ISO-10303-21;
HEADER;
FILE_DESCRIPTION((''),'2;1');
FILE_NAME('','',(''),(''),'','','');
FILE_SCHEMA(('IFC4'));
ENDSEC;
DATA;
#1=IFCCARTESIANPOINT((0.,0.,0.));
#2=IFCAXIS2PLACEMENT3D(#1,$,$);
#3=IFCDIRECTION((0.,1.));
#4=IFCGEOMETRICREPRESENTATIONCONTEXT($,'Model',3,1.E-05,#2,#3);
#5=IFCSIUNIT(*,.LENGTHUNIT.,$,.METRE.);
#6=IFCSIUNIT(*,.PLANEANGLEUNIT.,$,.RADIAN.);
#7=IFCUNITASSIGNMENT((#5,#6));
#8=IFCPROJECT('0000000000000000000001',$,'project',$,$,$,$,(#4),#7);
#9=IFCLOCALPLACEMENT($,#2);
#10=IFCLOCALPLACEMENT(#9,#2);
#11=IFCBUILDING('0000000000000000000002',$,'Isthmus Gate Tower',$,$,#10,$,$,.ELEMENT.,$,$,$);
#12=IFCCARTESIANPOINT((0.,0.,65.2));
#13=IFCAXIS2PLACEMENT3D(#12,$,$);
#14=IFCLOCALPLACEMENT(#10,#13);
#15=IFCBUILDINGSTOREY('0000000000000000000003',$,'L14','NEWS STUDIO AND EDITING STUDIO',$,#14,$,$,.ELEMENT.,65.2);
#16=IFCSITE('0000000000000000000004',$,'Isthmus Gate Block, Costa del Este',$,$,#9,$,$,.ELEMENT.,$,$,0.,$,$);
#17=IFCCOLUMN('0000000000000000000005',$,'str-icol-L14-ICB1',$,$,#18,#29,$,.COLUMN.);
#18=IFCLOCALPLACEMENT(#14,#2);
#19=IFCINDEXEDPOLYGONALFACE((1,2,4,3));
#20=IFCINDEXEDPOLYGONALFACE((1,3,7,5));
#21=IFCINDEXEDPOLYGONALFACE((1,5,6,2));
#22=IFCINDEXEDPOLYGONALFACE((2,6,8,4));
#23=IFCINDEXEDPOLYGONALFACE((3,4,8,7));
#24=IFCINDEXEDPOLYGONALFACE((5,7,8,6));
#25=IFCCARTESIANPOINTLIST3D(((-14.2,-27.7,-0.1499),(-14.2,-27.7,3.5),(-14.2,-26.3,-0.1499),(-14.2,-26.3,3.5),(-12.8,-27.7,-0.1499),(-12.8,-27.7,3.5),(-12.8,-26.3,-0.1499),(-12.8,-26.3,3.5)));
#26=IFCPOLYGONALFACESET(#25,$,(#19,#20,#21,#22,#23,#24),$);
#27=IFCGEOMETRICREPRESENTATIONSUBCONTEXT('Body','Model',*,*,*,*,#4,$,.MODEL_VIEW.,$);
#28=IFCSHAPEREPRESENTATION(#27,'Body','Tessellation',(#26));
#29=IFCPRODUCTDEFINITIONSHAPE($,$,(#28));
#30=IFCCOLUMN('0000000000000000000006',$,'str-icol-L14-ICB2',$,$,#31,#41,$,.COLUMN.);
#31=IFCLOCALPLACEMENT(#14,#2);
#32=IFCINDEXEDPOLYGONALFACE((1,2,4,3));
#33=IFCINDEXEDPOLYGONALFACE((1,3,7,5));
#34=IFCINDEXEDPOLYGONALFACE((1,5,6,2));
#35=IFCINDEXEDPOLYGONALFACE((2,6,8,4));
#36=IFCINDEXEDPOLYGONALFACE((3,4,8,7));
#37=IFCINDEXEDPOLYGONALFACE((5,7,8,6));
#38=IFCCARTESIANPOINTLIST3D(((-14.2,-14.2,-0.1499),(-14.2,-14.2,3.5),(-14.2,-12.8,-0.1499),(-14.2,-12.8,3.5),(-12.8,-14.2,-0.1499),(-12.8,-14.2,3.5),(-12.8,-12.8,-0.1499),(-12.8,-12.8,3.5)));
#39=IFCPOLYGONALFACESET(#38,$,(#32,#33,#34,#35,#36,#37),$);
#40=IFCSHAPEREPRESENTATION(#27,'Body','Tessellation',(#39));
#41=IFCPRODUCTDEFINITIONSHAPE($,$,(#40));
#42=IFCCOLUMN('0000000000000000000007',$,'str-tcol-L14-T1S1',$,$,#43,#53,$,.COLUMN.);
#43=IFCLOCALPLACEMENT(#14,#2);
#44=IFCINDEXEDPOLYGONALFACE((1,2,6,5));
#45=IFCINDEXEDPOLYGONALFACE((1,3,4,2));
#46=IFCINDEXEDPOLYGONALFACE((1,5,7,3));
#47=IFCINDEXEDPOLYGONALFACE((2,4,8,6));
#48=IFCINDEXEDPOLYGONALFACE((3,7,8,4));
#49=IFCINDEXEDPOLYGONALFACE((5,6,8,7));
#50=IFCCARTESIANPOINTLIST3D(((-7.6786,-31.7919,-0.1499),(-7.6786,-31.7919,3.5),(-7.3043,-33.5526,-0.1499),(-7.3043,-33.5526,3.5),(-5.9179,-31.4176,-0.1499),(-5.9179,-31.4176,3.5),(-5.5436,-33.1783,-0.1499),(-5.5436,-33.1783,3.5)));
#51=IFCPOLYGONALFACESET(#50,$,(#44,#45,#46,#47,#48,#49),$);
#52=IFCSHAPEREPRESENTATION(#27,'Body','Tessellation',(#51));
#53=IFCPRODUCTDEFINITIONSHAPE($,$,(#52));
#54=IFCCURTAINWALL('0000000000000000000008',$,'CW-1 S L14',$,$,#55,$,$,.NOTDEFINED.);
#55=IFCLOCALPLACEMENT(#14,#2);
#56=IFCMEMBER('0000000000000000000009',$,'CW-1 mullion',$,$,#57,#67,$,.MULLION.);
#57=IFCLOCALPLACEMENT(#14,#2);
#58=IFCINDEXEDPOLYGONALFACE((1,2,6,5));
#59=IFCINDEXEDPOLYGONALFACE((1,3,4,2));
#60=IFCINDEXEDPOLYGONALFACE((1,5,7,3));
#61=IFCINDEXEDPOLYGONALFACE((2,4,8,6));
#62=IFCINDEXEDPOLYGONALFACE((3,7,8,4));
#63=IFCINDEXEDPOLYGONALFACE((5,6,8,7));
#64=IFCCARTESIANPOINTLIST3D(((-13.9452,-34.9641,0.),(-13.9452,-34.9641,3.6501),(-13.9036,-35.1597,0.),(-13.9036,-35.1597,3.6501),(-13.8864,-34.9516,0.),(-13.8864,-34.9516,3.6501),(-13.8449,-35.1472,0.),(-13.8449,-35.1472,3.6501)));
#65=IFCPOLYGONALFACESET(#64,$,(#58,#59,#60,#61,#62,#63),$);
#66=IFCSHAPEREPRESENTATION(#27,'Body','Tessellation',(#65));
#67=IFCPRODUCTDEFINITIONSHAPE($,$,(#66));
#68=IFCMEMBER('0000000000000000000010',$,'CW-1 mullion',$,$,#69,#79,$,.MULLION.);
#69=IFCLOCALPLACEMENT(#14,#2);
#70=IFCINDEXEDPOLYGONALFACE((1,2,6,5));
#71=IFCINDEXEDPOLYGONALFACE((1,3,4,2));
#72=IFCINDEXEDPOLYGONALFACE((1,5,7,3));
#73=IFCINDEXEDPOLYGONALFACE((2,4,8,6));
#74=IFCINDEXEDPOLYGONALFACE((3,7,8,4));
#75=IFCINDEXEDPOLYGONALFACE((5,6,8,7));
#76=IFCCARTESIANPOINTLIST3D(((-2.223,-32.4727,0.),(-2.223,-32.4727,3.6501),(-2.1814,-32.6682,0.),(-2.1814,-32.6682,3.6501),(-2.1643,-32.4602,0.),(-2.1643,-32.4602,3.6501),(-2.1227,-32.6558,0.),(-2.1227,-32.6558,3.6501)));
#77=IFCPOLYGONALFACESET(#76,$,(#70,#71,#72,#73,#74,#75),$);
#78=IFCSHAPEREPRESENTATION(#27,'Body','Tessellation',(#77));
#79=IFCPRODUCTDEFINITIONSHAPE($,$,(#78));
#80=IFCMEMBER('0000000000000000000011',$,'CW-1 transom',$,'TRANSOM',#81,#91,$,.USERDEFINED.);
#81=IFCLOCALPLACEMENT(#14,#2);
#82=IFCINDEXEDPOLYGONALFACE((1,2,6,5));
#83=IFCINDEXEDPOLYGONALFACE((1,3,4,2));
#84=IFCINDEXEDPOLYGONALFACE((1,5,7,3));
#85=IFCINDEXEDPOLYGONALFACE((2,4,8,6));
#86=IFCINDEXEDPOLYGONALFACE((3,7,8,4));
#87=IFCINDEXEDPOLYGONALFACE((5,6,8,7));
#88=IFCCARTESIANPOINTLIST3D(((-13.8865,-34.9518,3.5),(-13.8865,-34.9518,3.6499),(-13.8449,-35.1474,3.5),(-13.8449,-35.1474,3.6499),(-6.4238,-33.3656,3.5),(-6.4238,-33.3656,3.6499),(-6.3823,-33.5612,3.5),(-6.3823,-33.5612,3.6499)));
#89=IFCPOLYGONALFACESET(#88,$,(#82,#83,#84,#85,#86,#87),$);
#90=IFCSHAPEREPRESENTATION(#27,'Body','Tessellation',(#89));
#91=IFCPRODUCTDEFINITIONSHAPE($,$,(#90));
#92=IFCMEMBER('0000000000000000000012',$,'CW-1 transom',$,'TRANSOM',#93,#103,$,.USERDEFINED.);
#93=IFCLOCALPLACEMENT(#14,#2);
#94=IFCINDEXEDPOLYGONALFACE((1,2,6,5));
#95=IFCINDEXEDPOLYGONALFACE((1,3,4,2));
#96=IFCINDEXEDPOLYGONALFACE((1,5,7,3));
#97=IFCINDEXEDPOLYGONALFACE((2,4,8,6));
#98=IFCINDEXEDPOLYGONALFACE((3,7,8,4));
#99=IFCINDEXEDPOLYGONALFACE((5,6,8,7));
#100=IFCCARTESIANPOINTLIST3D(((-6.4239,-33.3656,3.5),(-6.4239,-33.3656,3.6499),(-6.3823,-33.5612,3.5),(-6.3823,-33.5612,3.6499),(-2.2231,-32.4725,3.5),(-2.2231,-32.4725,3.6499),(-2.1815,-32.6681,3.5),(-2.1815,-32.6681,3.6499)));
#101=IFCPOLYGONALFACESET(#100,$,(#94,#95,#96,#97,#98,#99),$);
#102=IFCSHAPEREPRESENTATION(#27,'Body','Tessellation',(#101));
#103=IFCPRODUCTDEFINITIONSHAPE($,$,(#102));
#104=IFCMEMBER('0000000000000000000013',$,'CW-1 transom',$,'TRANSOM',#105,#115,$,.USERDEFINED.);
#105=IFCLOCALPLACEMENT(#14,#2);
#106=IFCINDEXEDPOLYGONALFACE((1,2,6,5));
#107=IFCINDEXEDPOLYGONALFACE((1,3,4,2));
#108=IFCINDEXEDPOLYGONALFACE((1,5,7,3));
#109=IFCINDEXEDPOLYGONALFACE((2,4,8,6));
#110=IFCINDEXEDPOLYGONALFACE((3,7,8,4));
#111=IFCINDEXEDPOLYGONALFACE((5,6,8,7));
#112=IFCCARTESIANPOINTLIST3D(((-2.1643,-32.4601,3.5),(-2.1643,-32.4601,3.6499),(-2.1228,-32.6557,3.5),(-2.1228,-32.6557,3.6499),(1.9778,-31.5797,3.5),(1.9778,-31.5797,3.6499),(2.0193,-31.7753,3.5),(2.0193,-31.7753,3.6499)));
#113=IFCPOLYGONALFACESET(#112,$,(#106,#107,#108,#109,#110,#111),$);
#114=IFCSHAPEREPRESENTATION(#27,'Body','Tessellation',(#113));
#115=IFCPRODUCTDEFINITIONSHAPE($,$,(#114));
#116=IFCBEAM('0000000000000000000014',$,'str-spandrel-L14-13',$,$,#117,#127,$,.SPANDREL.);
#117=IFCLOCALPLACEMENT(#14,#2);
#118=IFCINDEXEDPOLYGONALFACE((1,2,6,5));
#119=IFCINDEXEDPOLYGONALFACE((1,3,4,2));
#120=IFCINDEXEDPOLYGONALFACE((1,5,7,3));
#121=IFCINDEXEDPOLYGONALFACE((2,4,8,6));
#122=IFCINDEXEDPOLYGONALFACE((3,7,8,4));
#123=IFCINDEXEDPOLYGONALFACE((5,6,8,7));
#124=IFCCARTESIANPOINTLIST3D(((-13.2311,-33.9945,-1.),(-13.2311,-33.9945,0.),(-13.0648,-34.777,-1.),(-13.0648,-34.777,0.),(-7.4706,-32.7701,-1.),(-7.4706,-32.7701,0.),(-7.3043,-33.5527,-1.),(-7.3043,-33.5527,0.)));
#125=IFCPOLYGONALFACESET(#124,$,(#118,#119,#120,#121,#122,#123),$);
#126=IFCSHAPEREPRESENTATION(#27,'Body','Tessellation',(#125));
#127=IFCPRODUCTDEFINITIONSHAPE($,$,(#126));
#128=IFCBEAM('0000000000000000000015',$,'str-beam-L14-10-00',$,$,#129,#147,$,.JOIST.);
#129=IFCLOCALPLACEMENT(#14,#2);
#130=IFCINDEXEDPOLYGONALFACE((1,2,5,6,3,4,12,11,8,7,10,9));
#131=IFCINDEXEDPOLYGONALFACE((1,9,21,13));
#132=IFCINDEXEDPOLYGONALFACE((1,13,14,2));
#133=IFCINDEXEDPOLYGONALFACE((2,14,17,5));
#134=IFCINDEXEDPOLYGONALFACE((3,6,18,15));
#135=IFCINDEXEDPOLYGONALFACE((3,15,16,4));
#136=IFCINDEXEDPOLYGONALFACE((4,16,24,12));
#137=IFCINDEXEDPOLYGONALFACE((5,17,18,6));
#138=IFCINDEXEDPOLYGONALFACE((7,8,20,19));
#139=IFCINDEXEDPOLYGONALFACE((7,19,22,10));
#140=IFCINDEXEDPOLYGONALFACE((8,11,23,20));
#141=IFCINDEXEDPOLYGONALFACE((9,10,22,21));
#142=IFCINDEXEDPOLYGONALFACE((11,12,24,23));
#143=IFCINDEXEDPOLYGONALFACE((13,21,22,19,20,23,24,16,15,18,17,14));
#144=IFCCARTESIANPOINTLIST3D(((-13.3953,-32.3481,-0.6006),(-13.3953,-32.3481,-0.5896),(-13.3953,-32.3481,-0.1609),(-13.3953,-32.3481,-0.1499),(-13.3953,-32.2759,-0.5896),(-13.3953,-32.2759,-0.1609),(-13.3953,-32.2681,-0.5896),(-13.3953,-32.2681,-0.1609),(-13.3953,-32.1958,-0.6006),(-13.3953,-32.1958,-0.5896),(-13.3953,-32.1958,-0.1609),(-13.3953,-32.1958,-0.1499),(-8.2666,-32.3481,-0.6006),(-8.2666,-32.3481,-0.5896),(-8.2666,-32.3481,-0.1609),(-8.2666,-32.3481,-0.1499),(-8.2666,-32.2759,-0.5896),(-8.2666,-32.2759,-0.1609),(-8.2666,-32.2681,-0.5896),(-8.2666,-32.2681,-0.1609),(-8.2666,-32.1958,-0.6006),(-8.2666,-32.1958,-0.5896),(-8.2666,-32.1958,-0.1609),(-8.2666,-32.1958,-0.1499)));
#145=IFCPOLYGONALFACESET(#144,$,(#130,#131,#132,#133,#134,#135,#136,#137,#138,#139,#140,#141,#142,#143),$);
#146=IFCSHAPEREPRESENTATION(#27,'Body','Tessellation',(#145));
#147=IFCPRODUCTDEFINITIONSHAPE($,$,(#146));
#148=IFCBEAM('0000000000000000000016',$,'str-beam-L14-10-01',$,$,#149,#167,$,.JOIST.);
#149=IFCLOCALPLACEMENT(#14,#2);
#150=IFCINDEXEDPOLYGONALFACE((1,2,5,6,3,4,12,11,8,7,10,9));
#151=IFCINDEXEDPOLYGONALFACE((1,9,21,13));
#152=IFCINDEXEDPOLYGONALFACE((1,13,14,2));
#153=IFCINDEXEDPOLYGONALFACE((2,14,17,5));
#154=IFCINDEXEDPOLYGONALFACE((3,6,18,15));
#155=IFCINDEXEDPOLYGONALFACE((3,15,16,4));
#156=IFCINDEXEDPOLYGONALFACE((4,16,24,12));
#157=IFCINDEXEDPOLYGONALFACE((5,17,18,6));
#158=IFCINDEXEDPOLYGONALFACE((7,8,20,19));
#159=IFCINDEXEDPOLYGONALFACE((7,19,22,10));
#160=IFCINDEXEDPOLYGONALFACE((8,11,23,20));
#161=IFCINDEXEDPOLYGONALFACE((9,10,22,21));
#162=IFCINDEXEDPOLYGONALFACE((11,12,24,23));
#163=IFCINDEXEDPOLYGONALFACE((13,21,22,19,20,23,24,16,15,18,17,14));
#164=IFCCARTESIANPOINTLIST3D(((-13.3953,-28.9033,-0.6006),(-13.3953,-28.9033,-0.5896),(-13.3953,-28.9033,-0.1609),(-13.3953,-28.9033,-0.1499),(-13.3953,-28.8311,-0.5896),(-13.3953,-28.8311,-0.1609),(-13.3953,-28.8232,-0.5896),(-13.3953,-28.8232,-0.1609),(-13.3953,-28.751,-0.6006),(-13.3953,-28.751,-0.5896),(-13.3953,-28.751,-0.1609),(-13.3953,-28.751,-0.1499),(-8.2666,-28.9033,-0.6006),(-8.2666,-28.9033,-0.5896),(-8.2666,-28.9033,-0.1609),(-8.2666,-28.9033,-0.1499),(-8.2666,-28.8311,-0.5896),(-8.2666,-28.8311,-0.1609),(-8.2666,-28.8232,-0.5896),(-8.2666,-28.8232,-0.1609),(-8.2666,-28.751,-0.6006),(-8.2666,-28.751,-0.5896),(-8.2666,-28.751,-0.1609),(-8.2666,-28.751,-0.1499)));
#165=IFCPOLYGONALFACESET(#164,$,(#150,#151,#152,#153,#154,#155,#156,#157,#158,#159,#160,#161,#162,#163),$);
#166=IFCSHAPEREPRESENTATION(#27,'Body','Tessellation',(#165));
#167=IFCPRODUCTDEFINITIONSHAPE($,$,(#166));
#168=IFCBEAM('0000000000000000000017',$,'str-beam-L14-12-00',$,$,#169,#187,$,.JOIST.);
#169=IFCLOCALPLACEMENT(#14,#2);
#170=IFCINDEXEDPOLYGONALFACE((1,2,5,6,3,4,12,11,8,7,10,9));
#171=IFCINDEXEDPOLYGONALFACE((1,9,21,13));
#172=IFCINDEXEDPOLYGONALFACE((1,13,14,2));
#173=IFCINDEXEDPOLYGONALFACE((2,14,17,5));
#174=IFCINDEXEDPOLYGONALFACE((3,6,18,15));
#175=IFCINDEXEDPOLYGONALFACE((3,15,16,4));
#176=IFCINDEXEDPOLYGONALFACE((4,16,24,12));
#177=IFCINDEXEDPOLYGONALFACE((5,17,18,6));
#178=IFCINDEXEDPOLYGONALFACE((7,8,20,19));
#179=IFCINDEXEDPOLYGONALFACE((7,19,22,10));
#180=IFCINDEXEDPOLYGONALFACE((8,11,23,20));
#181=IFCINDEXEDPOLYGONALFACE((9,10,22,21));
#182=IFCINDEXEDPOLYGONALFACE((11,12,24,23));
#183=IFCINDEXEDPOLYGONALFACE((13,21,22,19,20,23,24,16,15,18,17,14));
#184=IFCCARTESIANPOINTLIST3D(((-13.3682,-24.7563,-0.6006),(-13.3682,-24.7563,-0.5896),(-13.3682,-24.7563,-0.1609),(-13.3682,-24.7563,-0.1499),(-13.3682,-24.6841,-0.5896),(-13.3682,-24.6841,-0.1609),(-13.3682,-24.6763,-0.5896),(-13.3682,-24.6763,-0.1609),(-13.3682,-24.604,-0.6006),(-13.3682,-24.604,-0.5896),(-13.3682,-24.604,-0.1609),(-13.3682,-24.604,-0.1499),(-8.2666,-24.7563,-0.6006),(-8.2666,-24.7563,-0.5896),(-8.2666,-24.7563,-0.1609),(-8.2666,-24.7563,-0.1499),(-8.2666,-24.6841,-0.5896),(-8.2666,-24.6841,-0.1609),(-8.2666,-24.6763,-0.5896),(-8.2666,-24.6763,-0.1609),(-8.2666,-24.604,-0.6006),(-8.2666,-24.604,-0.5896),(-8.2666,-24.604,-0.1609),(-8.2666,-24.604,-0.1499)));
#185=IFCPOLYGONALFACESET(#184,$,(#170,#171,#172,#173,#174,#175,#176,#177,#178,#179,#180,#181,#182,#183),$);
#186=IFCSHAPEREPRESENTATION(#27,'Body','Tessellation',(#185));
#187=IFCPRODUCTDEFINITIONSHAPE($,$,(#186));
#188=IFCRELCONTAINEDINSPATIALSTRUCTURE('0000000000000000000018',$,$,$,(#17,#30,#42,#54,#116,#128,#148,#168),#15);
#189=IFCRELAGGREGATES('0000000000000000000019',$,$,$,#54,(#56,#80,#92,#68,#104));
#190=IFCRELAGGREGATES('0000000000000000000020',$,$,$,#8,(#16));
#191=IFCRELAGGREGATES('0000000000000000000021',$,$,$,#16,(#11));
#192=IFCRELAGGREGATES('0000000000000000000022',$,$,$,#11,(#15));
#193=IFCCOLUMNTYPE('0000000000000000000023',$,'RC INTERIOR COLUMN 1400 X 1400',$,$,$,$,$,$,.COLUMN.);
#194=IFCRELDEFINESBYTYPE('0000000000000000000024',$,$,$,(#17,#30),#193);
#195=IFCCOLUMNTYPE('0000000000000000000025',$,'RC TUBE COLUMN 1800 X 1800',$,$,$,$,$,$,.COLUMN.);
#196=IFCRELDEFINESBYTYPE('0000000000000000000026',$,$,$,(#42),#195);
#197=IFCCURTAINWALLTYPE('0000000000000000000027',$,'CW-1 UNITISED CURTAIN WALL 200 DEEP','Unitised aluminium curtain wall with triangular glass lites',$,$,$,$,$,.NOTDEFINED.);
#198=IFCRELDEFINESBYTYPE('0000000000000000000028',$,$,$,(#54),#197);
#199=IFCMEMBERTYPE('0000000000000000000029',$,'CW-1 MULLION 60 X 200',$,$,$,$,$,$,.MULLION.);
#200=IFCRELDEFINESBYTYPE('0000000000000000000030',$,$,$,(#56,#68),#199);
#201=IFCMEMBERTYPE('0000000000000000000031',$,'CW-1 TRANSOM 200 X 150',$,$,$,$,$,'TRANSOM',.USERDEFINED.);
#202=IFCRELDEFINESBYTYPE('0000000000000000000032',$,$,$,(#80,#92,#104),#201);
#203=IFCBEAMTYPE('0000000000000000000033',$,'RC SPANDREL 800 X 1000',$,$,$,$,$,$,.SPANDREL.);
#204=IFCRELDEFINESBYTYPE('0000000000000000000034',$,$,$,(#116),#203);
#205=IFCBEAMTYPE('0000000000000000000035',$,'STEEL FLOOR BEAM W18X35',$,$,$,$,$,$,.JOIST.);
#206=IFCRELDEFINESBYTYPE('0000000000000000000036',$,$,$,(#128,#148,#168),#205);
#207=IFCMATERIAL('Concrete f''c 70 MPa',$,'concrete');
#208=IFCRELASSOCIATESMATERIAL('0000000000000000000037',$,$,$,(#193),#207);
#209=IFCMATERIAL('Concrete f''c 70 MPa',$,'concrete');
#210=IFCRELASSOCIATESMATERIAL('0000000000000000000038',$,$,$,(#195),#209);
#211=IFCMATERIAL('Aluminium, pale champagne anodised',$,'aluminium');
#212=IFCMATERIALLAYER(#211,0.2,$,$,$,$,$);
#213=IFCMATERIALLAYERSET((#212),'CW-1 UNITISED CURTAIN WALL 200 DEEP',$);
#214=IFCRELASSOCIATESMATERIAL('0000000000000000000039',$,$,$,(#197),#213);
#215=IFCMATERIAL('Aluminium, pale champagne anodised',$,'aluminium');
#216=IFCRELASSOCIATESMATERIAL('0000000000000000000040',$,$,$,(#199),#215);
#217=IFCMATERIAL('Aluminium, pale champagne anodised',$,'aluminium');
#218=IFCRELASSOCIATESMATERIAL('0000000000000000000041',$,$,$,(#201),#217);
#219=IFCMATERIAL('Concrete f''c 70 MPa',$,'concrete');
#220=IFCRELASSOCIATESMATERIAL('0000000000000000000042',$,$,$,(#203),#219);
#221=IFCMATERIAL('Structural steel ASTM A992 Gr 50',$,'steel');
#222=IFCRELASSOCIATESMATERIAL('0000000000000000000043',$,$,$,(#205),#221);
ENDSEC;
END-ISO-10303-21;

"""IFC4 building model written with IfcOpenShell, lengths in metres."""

from ifc_helpers import new_model, si_unit, direction, frame, origin, origin_2d, place, context, subcontext, project, spatial, rectangle, i_section, extrude, material, layer, layer_set, material_profile, profile_set, type_object, element, aggregate, save


model = new_model("IFC4")

# Units and contexts
model_context = context("Model", 3, precision=1e-05, world=origin(), true_north=direction((0.0, 1.0)))
body_context = subcontext(model_context, "Body", "Model", "MODEL_VIEW")
ifc_project = project(units=[si_unit("LENGTHUNIT", "METRE"), si_unit("PLANEANGLEUNIT", "RADIAN")], contexts=[model_context])

# Site, building, storey
site_placement = place(None, origin())
site = spatial("IfcSite", under=ifc_project, at=site_placement, Name="Isthmus Gate Block, Costa del Este", CompositionType="ELEMENT", RefElevation=0.0)
building_placement = place(site_placement, origin())
building = spatial("IfcBuilding", under=site, at=building_placement, Name="Isthmus Gate Tower", CompositionType="ELEMENT")
storey_placement = place(building_placement, frame((0.0, 0.0, 65.2)))
storey = spatial("IfcBuildingStorey", under=building, at=storey_placement, Name="L14", Description="NEWS STUDIO AND EDITING STUDIO", CompositionType="ELEMENT", Elevation=65.2)

# Columns
ifc_material_1 = material(Name="Concrete f'c 70 MPa", Category="concrete")
ifc_material_profile_1 = material_profile(ifc_material_1, rectangle(XDim=1.3999, YDim=1.3999, at=origin_2d()), Name="RC 1400X1400")
ifc_profile_set_1 = profile_set([ifc_material_profile_1], Name="Concrete f'c 70 MPa")
column_type_1 = type_object("IfcColumnType", Name="RC INTERIOR COLUMN 1400 X 1400", PredefinedType="COLUMN", material=ifc_profile_set_1)
for number, where, z_axis, x_axis, name in (
    (1, (-13.5, -27.0, -0.1499), (0.0, 0.0, 1.0), (1.0, 0.0, 0.0), "str-icol-L14-ICB1"),
    (2, (-13.5, -13.5, -0.1499), (0.0, 0.0, 1.0), (1.0, 0.0, 0.0), "str-icol-L14-ICB2"),
):
    element("IfcColumn", number, at=place(storey_placement, frame(where, z_axis=z_axis, x_axis=x_axis)), inside=storey, type_object=column_type_1, Name=name, PredefinedType="COLUMN", context=body_context, shape_type="SweptSolid", body=[
        extrude(rectangle(XDim=1.3999, YDim=1.3999, at=origin_2d()), origin(), (0.0, 0.0, 1.0), 3.6499),
    ])
ifc_material_2 = material(Name="Concrete f'c 70 MPa", Category="concrete")
ifc_material_profile_2 = material_profile(ifc_material_2, rectangle(XDim=1.8, YDim=1.8, at=origin_2d()), Name="RC 1800X1800")
ifc_profile_set_2 = profile_set([ifc_material_profile_2], Name="Concrete f'c 70 MPa")
column_type_2 = type_object("IfcColumnType", Name="RC TUBE COLUMN 1800 X 1800", PredefinedType="COLUMN", material=ifc_profile_set_2)
column_placement = place(storey_placement, frame((-6.6111, -32.4851, -0.1499), z_axis=(0.0, 0.0, 1.0), x_axis=(0.978148, 0.207912, 0.0)))
element("IfcColumn", 3, at=column_placement, inside=storey, type_object=column_type_2, Name="str-tcol-L14-T1S1", PredefinedType="COLUMN", context=body_context, shape_type="SweptSolid", body=[
    extrude(rectangle(XDim=1.8, YDim=1.8, at=origin_2d()), origin(), (0.0, 0.0, 1.0), 3.6499),
])

# Curtain wall, members
ifc_material_3 = material(Name="Aluminium, pale champagne anodised", Category="aluminium")
ifc_layer_1 = layer(ifc_material_3, 0.2)
ifc_layer_set_1 = layer_set([ifc_layer_1], Name="CW-1 UNITISED CURTAIN WALL 200 DEEP")
curtain_wall_type = type_object("IfcCurtainWallType", Name="CW-1 UNITISED CURTAIN WALL 200 DEEP", Description="Unitised aluminium curtain wall with triangular glass lites", PredefinedType="NOTDEFINED", material=ifc_layer_set_1)
curtain_wall_placement = place(storey_placement, origin())
curtain_wall = element("IfcCurtainWall", 4, at=curtain_wall_placement, inside=storey, type_object=curtain_wall_type, Name="CW-1 S L14", PredefinedType="NOTDEFINED")
ifc_material_4 = material(Name="Aluminium, pale champagne anodised", Category="aluminium")
ifc_material_profile_3 = material_profile(ifc_material_4, rectangle(XDim=0.0601, YDim=0.2, at=origin_2d()), Name="60x200")
ifc_profile_set_3 = profile_set([ifc_material_profile_3], Name="Aluminium, pale champagne anodised")
member_type_1 = type_object("IfcMemberType", Name="CW-1 MULLION 60 X 200", PredefinedType="MULLION", material=ifc_profile_set_3)
member_1_placement = place(storey_placement, frame((-13.895, -35.0557, 0.0), z_axis=(0.0, 0.0, 1.0), x_axis=(0.978148, 0.207912, 0.0)))
member_1 = element("IfcMember", 5, at=member_1_placement, type_object=member_type_1, Name="CW-1 mullion", PredefinedType="MULLION", context=body_context, shape_type="SweptSolid", body=[
    extrude(rectangle(XDim=0.0601, YDim=0.2, at=origin_2d()), origin(), (0.0, 0.0, 1.0), 3.6501),
])
member_2_placement = place(storey_placement, frame((-2.1729, -32.5642, 0.0), z_axis=(0.0, 0.0, 1.0), x_axis=(0.978148, 0.207912, 0.0)))
member_2 = element("IfcMember", 6, at=member_2_placement, type_object=member_type_1, Name="CW-1 mullion", PredefinedType="MULLION", context=body_context, shape_type="SweptSolid", body=[
    extrude(rectangle(XDim=0.0601, YDim=0.2, at=origin_2d()), origin(), (0.0, 0.0, 1.0), 3.6501),
])
ifc_material_5 = material(Name="Aluminium, pale champagne anodised", Category="aluminium")
ifc_material_profile_4 = material_profile(ifc_material_5, rectangle(XDim=0.2, YDim=0.1499, at=origin_2d()), Name="200x150")
ifc_profile_set_4 = profile_set([ifc_material_profile_4], Name="Aluminium, pale champagne anodised")
member_type_2 = type_object("IfcMemberType", Name="CW-1 TRANSOM 200 X 150", ElementType="TRANSOM", PredefinedType="USERDEFINED", material=ifc_profile_set_4)
member_3_placement = place(storey_placement, frame((-13.8657, -35.0496, 3.575), z_axis=(0.978149, 0.207905, 0.0), x_axis=(-0.207905, 0.978149, 0.0)))
member_3 = element("IfcMember", 7, at=member_3_placement, type_object=member_type_2, Name="CW-1 transom", ObjectType="TRANSOM", PredefinedType="USERDEFINED", context=body_context, shape_type="SweptSolid", body=[
    extrude(rectangle(XDim=0.2, YDim=0.1499, at=origin_2d()), origin(), (0.0, 0.0, 1.0), 7.6294),
])
member_4_placement = place(storey_placement, frame((-6.4031, -33.4634, 3.575), z_axis=(0.978139, 0.207953, 0.0), x_axis=(-0.207953, 0.978139, 0.0)))
member_4 = element("IfcMember", 8, at=member_4_placement, type_object=member_type_2, Name="CW-1 transom", ObjectType="TRANSOM", PredefinedType="USERDEFINED", context=body_context, shape_type="SweptSolid", body=[
    extrude(rectangle(XDim=0.2, YDim=0.1499, at=origin_2d()), origin(), (0.0, 0.0, 1.0), 4.2947),
])
member_5_placement = place(storey_placement, frame((-2.1436, -32.5579, 3.575), z_axis=(0.97815, 0.207899, 0.0), x_axis=(-0.207899, 0.97815, 0.0)))
member_5 = element("IfcMember", 9, at=member_5_placement, type_object=member_type_2, Name="CW-1 transom", ObjectType="TRANSOM", PredefinedType="USERDEFINED", context=body_context, shape_type="SweptSolid", body=[
    extrude(rectangle(XDim=0.2, YDim=0.1499, at=origin_2d()), origin(), (0.0, 0.0, 1.0), 4.2346),
])

# Beams
ifc_material_6 = material(Name="Concrete f'c 70 MPa", Category="concrete")
ifc_material_profile_5 = material_profile(ifc_material_6, rectangle(XDim=0.8, YDim=1.0, at=origin_2d()), Name="RC 800X1000")
ifc_profile_set_5 = profile_set([ifc_material_profile_5], Name="Concrete f'c 70 MPa")
beam_type_1 = type_object("IfcBeamType", Name="RC SPANDREL 800 X 1000", PredefinedType="SPANDREL", material=ifc_profile_set_5)
beam_1_placement = place(storey_placement, frame((-7.3875, -33.1614, -0.5), z_axis=(-0.97815, -0.207901, 0.0), x_axis=(0.207901, -0.97815, 0.0)))
element("IfcBeam", 10, at=beam_1_placement, inside=storey, type_object=beam_type_1, Name="str-spandrel-L14-13", PredefinedType="SPANDREL", context=body_context, shape_type="SweptSolid", body=[
    extrude(rectangle(XDim=0.8, YDim=1.0, at=origin_2d()), origin(), (0.0, 0.0, 1.0), 5.8892),
])
ifc_material_7 = material(Name="Structural steel ASTM A992 Gr 50", Category="steel")
ifc_material_profile_6 = material_profile(ifc_material_7, i_section(OverallWidth=0.1523, OverallDepth=0.4507, WebThickness=0.0078, FlangeThickness=0.011, at=origin_2d()), Name="W18X35")
ifc_profile_set_6 = profile_set([ifc_material_profile_6], Name="Structural steel ASTM A992 Gr 50")
beam_type_2 = type_object("IfcBeamType", Name="STEEL FLOOR BEAM W18X35", PredefinedType="JOIST", material=ifc_profile_set_6)
for number, where, z_axis, x_axis, name in (
    (11, (-13.3953, -32.272, -0.3752), (1.0, 0.0, 0.0), (0.0, 1.0, 0.0), "str-beam-L14-10-00"),
    (12, (-13.3953, -28.8271, -0.3752), (1.0, 0.0, 0.0), (0.0, 1.0, 0.0), "str-beam-L14-10-01"),
):
    element("IfcBeam", number, at=place(storey_placement, frame(where, z_axis=z_axis, x_axis=x_axis)), inside=storey, type_object=beam_type_2, Name=name, PredefinedType="JOIST", context=body_context, shape_type="SweptSolid", body=[
        extrude(i_section(OverallWidth=0.1523, OverallDepth=0.4507, WebThickness=0.0078, FlangeThickness=0.011, at=origin_2d()), origin(), (0.0, 0.0, 1.0), 5.1287),
    ])
for number, where, z_axis, x_axis, name in (
    (13, (-13.3682, -24.6802, -0.3752), (1.0, 0.0, 0.0), (0.0, 1.0, 0.0), "str-beam-L14-12-00"),
):
    element("IfcBeam", number, at=place(storey_placement, frame(where, z_axis=z_axis, x_axis=x_axis)), inside=storey, type_object=beam_type_2, Name=name, PredefinedType="JOIST", context=body_context, shape_type="SweptSolid", body=[
        extrude(i_section(OverallWidth=0.1523, OverallDepth=0.4507, WebThickness=0.0078, FlangeThickness=0.011, at=origin_2d()), origin(), (0.0, 0.0, 1.0), 5.1016),
    ])

aggregate(curtain_wall, [member_1, member_3, member_4, member_2, member_5])

save(model, "model.ifc")
